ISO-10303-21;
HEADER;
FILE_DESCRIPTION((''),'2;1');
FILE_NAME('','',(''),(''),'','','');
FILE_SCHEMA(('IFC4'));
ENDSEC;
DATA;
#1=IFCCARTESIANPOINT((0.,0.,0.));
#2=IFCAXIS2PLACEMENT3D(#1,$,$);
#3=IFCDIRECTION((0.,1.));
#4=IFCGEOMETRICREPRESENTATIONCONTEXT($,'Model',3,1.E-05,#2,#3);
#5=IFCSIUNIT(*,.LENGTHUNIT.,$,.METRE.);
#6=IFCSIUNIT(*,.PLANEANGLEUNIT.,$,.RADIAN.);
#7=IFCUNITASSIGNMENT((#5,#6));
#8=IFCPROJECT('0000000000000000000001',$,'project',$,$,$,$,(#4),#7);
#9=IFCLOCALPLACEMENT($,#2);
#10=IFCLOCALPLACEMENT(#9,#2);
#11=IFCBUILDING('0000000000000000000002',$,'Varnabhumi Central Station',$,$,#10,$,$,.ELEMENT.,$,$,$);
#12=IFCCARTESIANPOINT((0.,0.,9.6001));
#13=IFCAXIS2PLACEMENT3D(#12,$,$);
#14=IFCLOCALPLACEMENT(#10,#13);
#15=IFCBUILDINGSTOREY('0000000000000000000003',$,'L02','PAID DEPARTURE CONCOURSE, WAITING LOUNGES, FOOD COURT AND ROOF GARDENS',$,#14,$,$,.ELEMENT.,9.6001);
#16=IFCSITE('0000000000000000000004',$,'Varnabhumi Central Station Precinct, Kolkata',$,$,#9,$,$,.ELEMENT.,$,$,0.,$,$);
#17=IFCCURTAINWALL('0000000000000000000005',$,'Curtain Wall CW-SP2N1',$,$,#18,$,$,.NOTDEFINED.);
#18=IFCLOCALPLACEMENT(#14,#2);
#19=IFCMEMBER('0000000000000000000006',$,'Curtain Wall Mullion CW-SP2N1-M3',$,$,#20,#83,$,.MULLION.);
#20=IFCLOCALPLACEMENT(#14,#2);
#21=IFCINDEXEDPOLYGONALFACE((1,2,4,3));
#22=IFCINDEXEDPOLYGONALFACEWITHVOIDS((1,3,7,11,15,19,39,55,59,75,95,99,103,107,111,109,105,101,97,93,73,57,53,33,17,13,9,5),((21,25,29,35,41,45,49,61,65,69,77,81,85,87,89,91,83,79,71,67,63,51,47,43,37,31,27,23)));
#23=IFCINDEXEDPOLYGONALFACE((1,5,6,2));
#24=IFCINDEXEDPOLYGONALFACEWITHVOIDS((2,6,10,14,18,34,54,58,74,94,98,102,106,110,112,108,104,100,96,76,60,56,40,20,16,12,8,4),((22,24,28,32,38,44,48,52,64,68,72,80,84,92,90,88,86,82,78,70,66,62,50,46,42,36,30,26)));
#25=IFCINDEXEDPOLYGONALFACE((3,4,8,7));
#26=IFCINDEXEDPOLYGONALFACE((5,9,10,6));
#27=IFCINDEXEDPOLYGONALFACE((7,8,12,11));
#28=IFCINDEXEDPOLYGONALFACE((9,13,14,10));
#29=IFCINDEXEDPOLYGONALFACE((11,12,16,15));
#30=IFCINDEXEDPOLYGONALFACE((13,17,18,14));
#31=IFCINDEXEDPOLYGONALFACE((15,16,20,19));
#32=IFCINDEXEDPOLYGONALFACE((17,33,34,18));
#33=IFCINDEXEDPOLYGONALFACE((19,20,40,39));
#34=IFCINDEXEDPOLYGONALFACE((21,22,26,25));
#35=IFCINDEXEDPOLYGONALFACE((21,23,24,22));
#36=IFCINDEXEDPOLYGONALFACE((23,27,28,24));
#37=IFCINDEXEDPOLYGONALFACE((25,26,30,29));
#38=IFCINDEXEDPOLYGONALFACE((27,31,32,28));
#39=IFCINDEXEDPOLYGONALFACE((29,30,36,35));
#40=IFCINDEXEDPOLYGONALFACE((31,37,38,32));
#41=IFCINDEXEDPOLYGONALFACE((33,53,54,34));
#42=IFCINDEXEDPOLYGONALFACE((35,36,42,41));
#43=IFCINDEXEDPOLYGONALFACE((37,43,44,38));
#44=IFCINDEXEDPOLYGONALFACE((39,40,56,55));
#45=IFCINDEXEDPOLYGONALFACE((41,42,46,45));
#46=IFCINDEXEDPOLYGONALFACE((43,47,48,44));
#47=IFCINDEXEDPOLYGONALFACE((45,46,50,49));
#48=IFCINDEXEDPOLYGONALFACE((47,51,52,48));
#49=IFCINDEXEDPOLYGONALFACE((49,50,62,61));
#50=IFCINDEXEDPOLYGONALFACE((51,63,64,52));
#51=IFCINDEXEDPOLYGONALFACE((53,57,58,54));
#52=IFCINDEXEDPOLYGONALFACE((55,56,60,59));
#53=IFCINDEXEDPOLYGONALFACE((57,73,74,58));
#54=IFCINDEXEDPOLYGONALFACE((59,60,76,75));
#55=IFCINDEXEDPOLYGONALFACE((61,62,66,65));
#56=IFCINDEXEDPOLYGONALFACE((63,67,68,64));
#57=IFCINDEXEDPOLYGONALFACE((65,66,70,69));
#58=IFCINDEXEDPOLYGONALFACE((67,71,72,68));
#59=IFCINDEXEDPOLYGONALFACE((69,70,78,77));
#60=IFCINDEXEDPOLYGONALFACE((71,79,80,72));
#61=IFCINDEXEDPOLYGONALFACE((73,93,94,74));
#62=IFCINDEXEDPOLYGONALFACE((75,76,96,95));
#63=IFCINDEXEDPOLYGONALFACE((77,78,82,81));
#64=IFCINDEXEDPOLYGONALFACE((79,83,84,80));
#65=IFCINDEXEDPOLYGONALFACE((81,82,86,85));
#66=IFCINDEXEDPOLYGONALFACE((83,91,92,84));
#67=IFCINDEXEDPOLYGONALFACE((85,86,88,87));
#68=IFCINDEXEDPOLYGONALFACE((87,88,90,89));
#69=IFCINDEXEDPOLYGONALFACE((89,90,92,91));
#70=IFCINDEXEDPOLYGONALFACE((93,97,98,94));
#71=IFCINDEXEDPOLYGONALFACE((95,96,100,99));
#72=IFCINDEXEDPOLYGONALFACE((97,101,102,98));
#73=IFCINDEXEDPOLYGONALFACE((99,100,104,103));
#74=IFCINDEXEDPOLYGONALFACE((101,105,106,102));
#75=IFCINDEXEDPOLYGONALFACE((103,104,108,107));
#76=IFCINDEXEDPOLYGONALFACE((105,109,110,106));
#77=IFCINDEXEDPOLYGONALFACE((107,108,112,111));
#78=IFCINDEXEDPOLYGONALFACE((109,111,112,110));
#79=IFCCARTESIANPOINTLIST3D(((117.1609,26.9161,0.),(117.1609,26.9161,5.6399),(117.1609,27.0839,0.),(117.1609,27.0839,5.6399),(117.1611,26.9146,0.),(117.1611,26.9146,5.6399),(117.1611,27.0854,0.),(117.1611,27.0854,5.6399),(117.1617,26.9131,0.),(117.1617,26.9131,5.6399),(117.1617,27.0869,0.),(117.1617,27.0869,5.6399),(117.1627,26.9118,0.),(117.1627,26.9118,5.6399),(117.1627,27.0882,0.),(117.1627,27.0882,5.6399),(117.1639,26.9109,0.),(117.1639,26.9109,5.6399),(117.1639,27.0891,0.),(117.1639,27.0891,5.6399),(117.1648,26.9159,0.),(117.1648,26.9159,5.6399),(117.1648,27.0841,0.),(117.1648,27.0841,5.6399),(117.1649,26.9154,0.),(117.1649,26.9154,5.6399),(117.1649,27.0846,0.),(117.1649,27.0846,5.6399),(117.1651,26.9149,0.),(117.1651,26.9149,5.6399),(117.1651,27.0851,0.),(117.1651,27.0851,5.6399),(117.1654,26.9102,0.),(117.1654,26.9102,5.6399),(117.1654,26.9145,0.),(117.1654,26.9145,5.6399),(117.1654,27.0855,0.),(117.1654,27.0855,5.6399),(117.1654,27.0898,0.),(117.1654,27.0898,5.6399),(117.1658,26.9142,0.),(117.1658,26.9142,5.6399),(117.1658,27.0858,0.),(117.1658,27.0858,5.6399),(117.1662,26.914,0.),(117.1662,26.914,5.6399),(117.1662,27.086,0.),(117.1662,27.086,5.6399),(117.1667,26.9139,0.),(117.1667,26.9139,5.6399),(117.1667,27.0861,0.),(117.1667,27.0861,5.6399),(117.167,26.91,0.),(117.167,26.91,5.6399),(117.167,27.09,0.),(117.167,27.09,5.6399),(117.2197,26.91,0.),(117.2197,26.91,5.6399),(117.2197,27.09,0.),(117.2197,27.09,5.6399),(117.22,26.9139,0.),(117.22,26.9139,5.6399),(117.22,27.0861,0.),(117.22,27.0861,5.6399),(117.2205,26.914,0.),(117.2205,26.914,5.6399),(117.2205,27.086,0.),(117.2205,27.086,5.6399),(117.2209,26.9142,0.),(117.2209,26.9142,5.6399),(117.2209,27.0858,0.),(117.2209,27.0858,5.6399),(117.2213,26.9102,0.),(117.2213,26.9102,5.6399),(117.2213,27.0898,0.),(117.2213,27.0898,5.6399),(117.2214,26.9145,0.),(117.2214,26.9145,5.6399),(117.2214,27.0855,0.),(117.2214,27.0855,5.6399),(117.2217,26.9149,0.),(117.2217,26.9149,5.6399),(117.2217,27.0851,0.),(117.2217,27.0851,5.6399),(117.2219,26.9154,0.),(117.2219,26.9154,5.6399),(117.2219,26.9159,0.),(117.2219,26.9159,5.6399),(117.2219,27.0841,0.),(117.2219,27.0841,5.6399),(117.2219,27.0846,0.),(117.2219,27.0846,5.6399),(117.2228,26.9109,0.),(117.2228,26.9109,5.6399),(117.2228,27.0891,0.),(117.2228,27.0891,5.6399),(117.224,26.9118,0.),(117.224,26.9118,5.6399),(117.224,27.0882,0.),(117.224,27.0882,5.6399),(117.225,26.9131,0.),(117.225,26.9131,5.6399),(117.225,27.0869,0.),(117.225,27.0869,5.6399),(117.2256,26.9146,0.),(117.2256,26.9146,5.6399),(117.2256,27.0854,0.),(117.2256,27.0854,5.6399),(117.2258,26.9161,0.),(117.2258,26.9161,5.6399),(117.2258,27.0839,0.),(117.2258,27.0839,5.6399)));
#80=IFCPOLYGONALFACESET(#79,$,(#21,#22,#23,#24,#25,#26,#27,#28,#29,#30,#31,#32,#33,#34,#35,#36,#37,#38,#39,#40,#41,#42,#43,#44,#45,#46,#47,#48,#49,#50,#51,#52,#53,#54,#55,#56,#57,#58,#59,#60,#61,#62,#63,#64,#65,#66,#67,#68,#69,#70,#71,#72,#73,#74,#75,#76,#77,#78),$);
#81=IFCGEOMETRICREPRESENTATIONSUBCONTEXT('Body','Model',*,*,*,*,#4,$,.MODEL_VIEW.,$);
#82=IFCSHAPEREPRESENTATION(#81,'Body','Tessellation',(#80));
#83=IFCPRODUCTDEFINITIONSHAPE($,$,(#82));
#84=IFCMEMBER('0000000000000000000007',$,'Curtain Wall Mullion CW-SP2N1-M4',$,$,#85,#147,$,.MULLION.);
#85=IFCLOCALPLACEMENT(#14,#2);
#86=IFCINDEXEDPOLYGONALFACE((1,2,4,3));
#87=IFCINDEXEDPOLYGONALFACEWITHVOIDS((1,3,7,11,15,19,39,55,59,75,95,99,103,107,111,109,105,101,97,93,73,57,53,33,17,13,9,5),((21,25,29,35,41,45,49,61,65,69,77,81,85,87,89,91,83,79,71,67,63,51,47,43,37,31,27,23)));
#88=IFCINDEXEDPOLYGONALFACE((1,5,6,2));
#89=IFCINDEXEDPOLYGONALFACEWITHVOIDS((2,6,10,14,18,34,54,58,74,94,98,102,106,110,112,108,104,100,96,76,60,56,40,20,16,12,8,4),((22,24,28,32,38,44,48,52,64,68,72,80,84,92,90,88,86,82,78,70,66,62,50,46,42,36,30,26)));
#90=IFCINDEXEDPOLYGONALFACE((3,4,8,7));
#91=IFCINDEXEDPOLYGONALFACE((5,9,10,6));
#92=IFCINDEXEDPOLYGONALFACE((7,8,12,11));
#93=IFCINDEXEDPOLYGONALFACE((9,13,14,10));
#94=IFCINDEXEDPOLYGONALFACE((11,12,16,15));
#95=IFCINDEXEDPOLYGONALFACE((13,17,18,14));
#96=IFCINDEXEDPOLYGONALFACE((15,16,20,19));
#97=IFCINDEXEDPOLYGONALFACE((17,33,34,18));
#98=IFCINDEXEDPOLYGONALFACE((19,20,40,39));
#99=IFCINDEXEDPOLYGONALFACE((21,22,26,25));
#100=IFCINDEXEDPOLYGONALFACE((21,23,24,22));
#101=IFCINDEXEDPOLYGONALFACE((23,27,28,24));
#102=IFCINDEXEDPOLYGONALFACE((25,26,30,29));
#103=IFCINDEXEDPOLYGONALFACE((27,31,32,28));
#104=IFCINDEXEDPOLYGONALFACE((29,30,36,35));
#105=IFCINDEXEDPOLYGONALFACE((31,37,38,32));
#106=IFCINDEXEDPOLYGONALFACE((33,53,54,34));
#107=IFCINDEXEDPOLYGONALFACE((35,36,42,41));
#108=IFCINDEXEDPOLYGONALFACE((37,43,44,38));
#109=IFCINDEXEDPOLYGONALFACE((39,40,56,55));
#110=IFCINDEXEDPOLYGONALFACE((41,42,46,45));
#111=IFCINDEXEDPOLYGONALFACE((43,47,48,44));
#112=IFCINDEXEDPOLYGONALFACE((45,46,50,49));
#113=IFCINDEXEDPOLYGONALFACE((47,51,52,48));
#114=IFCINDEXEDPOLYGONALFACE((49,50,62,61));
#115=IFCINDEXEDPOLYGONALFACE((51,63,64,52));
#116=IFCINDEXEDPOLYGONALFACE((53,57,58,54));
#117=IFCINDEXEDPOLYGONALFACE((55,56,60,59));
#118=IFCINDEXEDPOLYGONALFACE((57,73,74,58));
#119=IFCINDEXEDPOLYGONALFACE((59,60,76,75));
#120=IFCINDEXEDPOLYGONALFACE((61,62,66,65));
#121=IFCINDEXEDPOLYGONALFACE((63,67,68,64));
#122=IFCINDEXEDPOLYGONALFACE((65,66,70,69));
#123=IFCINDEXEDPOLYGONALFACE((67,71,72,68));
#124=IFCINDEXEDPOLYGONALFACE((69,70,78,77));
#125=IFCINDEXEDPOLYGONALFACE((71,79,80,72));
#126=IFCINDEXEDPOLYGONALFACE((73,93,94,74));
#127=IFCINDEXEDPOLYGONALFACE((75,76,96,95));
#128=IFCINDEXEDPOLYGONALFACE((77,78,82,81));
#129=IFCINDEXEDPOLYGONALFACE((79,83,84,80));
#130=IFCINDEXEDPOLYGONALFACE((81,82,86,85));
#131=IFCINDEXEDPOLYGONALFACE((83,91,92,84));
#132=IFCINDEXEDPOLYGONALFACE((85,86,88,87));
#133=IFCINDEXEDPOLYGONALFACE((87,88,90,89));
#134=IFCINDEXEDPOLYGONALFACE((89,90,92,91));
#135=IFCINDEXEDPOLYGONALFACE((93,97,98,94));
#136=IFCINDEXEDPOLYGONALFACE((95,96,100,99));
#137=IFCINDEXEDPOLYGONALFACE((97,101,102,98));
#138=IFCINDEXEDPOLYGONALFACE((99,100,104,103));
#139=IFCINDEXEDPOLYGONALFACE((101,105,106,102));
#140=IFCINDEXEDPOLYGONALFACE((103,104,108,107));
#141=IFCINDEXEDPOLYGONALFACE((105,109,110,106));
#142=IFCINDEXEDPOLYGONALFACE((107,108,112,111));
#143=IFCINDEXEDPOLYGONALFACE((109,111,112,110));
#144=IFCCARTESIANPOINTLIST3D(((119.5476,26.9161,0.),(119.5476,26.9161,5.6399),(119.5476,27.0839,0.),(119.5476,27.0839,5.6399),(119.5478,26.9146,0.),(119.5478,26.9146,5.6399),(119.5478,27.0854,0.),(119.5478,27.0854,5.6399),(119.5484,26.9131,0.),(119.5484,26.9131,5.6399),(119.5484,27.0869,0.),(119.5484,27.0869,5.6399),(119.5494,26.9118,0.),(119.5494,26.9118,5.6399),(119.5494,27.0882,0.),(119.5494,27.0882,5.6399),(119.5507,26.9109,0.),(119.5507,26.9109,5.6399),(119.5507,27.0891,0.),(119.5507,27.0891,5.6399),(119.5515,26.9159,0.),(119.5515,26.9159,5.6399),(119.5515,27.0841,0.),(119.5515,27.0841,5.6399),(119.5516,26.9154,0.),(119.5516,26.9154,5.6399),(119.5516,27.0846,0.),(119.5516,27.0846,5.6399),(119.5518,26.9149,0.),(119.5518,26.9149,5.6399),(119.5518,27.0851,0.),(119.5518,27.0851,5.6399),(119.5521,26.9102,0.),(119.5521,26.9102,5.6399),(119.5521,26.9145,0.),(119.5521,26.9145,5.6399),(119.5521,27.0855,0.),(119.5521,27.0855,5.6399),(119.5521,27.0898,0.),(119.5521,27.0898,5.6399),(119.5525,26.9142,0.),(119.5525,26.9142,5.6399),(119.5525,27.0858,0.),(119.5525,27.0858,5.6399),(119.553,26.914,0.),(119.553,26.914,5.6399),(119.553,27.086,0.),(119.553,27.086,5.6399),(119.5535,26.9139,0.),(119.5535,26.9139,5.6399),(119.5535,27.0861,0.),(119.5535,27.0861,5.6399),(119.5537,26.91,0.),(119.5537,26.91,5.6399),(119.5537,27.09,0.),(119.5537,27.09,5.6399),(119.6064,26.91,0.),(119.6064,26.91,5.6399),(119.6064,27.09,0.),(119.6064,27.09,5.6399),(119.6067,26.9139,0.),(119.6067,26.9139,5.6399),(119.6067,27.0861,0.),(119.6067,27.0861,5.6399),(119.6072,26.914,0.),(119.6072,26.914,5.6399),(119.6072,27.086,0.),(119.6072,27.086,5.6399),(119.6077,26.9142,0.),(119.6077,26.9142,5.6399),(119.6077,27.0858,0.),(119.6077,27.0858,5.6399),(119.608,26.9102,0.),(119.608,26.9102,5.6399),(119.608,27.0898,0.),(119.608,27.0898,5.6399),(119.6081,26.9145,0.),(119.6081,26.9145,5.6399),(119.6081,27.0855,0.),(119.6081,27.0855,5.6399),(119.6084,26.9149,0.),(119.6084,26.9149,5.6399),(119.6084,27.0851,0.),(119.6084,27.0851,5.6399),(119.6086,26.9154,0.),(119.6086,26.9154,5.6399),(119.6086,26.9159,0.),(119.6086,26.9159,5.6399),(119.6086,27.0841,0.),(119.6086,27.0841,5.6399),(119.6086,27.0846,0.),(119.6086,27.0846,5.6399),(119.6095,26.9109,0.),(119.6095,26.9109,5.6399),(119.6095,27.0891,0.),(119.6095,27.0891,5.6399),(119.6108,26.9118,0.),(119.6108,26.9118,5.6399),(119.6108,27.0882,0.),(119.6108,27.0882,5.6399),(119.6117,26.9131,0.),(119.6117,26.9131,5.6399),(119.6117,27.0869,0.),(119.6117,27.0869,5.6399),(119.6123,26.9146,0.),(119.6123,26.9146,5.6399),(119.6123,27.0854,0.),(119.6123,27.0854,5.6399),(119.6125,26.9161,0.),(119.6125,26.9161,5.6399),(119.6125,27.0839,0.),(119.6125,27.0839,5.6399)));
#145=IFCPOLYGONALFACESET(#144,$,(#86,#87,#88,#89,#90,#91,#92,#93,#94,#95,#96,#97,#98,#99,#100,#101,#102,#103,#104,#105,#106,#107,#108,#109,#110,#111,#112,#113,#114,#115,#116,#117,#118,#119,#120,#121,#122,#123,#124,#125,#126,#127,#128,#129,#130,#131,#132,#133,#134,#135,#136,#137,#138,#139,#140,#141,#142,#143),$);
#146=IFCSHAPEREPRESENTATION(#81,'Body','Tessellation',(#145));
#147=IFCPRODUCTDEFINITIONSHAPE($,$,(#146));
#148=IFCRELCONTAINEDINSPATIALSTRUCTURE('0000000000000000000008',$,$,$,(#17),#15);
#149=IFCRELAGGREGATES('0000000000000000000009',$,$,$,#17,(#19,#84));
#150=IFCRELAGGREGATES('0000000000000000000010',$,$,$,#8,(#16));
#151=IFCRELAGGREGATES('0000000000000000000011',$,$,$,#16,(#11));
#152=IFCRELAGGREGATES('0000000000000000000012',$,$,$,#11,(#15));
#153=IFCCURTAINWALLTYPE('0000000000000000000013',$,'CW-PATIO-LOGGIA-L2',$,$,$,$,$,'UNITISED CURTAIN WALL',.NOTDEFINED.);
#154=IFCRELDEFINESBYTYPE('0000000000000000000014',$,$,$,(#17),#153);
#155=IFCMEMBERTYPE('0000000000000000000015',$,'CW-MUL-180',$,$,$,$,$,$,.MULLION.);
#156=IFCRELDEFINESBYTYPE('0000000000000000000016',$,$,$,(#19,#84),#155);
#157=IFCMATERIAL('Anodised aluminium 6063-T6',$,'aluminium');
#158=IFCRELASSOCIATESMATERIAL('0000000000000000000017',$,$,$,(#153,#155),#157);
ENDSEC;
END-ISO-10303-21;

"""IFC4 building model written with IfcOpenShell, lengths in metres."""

from ifc_helpers import new_model, si_unit, direction, frame, origin, origin_2d, place, context, subcontext, project, spatial, hollow_rectangle, extrude, material, material_profile, profile_set, type_object, element, aggregate, save


model = new_model("IFC4")

# Units and contexts
model_context = context("Model", 3, precision=1e-05, world=origin(), true_north=direction((0.0, 1.0)))
body_context = subcontext(model_context, "Body", "Model", "MODEL_VIEW")
ifc_project = project(units=[si_unit("LENGTHUNIT", "METRE"), si_unit("PLANEANGLEUNIT", "RADIAN")], contexts=[model_context])

# Site, building, storey
site_placement = place(None, origin())
site = spatial("IfcSite", under=ifc_project, at=site_placement, Name="Varnabhumi Central Station Precinct, Kolkata", CompositionType="ELEMENT", RefElevation=0.0)
building_placement = place(site_placement, origin())
building = spatial("IfcBuilding", under=site, at=building_placement, Name="Varnabhumi Central Station", CompositionType="ELEMENT")
storey_placement = place(building_placement, frame((0.0, 0.0, 9.6001)))
storey = spatial("IfcBuildingStorey", under=building, at=storey_placement, Name="L02", Description="PAID DEPARTURE CONCOURSE, WAITING LOUNGES, FOOD COURT AND ROOF GARDENS", CompositionType="ELEMENT", Elevation=9.6001)

# Curtain wall, members
ifc_material_1 = material(Name="Anodised aluminium 6063-T6", Category="aluminium")
curtain_wall_type = type_object("IfcCurtainWallType", Name="CW-PATIO-LOGGIA-L2", ElementType="UNITISED CURTAIN WALL", PredefinedType="NOTDEFINED", material=ifc_material_1)
ifc_material_profile_1 = material_profile(ifc_material_1, hollow_rectangle(XDim=0.0649, YDim=0.1799, WallThickness=0.0039, InnerFilletRadius=0.002, OuterFilletRadius=0.0061, at=origin_2d()), Name="Anodised aluminium 6063-T6", Category="aluminium")
ifc_profile_set_1 = profile_set([ifc_material_profile_1], Name="Anodised aluminium 6063-T6")
member_type_1 = type_object("IfcMemberType", Name="CW-MUL-180", PredefinedType="MULLION", material=ifc_profile_set_1)
curtain_wall_1_placement = place(storey_placement, origin())
curtain_wall_1 = element("IfcCurtainWall", 1, at=curtain_wall_1_placement, inside=storey, type_object=curtain_wall_type, Name="Curtain Wall CW-SP2N1", PredefinedType="NOTDEFINED")
member_1_placement = place(storey_placement, frame((117.1934, 27.0, 0.0), z_axis=(0.0, 0.0, 1.0), x_axis=(1.0, 0.0, 0.0)))
member_1 = element("IfcMember", 2, at=member_1_placement, type_object=member_type_1, Name="Curtain Wall Mullion CW-SP2N1-M3", PredefinedType="MULLION", context=body_context, shape_type="SweptSolid", body=[
    extrude(hollow_rectangle(XDim=0.0649, YDim=0.1799, WallThickness=0.0039, InnerFilletRadius=0.002, OuterFilletRadius=0.0061, at=origin_2d()), origin(), (0.0, 0.0, 1.0), 5.6399),
])
member_2_placement = place(storey_placement, frame((119.5801, 27.0, 0.0), z_axis=(0.0, 0.0, 1.0), x_axis=(1.0, 0.0, 0.0)))
member_2 = element("IfcMember", 3, at=member_2_placement, type_object=member_type_1, Name="Curtain Wall Mullion CW-SP2N1-M4", PredefinedType="MULLION", context=body_context, shape_type="SweptSolid", body=[
    extrude(hollow_rectangle(XDim=0.0649, YDim=0.1799, WallThickness=0.0039, InnerFilletRadius=0.002, OuterFilletRadius=0.0061, at=origin_2d()), origin(), (0.0, 0.0, 1.0), 5.6399),
])

aggregate(curtain_wall_1, [member_1, member_2])

save(model, "model.ifc")
